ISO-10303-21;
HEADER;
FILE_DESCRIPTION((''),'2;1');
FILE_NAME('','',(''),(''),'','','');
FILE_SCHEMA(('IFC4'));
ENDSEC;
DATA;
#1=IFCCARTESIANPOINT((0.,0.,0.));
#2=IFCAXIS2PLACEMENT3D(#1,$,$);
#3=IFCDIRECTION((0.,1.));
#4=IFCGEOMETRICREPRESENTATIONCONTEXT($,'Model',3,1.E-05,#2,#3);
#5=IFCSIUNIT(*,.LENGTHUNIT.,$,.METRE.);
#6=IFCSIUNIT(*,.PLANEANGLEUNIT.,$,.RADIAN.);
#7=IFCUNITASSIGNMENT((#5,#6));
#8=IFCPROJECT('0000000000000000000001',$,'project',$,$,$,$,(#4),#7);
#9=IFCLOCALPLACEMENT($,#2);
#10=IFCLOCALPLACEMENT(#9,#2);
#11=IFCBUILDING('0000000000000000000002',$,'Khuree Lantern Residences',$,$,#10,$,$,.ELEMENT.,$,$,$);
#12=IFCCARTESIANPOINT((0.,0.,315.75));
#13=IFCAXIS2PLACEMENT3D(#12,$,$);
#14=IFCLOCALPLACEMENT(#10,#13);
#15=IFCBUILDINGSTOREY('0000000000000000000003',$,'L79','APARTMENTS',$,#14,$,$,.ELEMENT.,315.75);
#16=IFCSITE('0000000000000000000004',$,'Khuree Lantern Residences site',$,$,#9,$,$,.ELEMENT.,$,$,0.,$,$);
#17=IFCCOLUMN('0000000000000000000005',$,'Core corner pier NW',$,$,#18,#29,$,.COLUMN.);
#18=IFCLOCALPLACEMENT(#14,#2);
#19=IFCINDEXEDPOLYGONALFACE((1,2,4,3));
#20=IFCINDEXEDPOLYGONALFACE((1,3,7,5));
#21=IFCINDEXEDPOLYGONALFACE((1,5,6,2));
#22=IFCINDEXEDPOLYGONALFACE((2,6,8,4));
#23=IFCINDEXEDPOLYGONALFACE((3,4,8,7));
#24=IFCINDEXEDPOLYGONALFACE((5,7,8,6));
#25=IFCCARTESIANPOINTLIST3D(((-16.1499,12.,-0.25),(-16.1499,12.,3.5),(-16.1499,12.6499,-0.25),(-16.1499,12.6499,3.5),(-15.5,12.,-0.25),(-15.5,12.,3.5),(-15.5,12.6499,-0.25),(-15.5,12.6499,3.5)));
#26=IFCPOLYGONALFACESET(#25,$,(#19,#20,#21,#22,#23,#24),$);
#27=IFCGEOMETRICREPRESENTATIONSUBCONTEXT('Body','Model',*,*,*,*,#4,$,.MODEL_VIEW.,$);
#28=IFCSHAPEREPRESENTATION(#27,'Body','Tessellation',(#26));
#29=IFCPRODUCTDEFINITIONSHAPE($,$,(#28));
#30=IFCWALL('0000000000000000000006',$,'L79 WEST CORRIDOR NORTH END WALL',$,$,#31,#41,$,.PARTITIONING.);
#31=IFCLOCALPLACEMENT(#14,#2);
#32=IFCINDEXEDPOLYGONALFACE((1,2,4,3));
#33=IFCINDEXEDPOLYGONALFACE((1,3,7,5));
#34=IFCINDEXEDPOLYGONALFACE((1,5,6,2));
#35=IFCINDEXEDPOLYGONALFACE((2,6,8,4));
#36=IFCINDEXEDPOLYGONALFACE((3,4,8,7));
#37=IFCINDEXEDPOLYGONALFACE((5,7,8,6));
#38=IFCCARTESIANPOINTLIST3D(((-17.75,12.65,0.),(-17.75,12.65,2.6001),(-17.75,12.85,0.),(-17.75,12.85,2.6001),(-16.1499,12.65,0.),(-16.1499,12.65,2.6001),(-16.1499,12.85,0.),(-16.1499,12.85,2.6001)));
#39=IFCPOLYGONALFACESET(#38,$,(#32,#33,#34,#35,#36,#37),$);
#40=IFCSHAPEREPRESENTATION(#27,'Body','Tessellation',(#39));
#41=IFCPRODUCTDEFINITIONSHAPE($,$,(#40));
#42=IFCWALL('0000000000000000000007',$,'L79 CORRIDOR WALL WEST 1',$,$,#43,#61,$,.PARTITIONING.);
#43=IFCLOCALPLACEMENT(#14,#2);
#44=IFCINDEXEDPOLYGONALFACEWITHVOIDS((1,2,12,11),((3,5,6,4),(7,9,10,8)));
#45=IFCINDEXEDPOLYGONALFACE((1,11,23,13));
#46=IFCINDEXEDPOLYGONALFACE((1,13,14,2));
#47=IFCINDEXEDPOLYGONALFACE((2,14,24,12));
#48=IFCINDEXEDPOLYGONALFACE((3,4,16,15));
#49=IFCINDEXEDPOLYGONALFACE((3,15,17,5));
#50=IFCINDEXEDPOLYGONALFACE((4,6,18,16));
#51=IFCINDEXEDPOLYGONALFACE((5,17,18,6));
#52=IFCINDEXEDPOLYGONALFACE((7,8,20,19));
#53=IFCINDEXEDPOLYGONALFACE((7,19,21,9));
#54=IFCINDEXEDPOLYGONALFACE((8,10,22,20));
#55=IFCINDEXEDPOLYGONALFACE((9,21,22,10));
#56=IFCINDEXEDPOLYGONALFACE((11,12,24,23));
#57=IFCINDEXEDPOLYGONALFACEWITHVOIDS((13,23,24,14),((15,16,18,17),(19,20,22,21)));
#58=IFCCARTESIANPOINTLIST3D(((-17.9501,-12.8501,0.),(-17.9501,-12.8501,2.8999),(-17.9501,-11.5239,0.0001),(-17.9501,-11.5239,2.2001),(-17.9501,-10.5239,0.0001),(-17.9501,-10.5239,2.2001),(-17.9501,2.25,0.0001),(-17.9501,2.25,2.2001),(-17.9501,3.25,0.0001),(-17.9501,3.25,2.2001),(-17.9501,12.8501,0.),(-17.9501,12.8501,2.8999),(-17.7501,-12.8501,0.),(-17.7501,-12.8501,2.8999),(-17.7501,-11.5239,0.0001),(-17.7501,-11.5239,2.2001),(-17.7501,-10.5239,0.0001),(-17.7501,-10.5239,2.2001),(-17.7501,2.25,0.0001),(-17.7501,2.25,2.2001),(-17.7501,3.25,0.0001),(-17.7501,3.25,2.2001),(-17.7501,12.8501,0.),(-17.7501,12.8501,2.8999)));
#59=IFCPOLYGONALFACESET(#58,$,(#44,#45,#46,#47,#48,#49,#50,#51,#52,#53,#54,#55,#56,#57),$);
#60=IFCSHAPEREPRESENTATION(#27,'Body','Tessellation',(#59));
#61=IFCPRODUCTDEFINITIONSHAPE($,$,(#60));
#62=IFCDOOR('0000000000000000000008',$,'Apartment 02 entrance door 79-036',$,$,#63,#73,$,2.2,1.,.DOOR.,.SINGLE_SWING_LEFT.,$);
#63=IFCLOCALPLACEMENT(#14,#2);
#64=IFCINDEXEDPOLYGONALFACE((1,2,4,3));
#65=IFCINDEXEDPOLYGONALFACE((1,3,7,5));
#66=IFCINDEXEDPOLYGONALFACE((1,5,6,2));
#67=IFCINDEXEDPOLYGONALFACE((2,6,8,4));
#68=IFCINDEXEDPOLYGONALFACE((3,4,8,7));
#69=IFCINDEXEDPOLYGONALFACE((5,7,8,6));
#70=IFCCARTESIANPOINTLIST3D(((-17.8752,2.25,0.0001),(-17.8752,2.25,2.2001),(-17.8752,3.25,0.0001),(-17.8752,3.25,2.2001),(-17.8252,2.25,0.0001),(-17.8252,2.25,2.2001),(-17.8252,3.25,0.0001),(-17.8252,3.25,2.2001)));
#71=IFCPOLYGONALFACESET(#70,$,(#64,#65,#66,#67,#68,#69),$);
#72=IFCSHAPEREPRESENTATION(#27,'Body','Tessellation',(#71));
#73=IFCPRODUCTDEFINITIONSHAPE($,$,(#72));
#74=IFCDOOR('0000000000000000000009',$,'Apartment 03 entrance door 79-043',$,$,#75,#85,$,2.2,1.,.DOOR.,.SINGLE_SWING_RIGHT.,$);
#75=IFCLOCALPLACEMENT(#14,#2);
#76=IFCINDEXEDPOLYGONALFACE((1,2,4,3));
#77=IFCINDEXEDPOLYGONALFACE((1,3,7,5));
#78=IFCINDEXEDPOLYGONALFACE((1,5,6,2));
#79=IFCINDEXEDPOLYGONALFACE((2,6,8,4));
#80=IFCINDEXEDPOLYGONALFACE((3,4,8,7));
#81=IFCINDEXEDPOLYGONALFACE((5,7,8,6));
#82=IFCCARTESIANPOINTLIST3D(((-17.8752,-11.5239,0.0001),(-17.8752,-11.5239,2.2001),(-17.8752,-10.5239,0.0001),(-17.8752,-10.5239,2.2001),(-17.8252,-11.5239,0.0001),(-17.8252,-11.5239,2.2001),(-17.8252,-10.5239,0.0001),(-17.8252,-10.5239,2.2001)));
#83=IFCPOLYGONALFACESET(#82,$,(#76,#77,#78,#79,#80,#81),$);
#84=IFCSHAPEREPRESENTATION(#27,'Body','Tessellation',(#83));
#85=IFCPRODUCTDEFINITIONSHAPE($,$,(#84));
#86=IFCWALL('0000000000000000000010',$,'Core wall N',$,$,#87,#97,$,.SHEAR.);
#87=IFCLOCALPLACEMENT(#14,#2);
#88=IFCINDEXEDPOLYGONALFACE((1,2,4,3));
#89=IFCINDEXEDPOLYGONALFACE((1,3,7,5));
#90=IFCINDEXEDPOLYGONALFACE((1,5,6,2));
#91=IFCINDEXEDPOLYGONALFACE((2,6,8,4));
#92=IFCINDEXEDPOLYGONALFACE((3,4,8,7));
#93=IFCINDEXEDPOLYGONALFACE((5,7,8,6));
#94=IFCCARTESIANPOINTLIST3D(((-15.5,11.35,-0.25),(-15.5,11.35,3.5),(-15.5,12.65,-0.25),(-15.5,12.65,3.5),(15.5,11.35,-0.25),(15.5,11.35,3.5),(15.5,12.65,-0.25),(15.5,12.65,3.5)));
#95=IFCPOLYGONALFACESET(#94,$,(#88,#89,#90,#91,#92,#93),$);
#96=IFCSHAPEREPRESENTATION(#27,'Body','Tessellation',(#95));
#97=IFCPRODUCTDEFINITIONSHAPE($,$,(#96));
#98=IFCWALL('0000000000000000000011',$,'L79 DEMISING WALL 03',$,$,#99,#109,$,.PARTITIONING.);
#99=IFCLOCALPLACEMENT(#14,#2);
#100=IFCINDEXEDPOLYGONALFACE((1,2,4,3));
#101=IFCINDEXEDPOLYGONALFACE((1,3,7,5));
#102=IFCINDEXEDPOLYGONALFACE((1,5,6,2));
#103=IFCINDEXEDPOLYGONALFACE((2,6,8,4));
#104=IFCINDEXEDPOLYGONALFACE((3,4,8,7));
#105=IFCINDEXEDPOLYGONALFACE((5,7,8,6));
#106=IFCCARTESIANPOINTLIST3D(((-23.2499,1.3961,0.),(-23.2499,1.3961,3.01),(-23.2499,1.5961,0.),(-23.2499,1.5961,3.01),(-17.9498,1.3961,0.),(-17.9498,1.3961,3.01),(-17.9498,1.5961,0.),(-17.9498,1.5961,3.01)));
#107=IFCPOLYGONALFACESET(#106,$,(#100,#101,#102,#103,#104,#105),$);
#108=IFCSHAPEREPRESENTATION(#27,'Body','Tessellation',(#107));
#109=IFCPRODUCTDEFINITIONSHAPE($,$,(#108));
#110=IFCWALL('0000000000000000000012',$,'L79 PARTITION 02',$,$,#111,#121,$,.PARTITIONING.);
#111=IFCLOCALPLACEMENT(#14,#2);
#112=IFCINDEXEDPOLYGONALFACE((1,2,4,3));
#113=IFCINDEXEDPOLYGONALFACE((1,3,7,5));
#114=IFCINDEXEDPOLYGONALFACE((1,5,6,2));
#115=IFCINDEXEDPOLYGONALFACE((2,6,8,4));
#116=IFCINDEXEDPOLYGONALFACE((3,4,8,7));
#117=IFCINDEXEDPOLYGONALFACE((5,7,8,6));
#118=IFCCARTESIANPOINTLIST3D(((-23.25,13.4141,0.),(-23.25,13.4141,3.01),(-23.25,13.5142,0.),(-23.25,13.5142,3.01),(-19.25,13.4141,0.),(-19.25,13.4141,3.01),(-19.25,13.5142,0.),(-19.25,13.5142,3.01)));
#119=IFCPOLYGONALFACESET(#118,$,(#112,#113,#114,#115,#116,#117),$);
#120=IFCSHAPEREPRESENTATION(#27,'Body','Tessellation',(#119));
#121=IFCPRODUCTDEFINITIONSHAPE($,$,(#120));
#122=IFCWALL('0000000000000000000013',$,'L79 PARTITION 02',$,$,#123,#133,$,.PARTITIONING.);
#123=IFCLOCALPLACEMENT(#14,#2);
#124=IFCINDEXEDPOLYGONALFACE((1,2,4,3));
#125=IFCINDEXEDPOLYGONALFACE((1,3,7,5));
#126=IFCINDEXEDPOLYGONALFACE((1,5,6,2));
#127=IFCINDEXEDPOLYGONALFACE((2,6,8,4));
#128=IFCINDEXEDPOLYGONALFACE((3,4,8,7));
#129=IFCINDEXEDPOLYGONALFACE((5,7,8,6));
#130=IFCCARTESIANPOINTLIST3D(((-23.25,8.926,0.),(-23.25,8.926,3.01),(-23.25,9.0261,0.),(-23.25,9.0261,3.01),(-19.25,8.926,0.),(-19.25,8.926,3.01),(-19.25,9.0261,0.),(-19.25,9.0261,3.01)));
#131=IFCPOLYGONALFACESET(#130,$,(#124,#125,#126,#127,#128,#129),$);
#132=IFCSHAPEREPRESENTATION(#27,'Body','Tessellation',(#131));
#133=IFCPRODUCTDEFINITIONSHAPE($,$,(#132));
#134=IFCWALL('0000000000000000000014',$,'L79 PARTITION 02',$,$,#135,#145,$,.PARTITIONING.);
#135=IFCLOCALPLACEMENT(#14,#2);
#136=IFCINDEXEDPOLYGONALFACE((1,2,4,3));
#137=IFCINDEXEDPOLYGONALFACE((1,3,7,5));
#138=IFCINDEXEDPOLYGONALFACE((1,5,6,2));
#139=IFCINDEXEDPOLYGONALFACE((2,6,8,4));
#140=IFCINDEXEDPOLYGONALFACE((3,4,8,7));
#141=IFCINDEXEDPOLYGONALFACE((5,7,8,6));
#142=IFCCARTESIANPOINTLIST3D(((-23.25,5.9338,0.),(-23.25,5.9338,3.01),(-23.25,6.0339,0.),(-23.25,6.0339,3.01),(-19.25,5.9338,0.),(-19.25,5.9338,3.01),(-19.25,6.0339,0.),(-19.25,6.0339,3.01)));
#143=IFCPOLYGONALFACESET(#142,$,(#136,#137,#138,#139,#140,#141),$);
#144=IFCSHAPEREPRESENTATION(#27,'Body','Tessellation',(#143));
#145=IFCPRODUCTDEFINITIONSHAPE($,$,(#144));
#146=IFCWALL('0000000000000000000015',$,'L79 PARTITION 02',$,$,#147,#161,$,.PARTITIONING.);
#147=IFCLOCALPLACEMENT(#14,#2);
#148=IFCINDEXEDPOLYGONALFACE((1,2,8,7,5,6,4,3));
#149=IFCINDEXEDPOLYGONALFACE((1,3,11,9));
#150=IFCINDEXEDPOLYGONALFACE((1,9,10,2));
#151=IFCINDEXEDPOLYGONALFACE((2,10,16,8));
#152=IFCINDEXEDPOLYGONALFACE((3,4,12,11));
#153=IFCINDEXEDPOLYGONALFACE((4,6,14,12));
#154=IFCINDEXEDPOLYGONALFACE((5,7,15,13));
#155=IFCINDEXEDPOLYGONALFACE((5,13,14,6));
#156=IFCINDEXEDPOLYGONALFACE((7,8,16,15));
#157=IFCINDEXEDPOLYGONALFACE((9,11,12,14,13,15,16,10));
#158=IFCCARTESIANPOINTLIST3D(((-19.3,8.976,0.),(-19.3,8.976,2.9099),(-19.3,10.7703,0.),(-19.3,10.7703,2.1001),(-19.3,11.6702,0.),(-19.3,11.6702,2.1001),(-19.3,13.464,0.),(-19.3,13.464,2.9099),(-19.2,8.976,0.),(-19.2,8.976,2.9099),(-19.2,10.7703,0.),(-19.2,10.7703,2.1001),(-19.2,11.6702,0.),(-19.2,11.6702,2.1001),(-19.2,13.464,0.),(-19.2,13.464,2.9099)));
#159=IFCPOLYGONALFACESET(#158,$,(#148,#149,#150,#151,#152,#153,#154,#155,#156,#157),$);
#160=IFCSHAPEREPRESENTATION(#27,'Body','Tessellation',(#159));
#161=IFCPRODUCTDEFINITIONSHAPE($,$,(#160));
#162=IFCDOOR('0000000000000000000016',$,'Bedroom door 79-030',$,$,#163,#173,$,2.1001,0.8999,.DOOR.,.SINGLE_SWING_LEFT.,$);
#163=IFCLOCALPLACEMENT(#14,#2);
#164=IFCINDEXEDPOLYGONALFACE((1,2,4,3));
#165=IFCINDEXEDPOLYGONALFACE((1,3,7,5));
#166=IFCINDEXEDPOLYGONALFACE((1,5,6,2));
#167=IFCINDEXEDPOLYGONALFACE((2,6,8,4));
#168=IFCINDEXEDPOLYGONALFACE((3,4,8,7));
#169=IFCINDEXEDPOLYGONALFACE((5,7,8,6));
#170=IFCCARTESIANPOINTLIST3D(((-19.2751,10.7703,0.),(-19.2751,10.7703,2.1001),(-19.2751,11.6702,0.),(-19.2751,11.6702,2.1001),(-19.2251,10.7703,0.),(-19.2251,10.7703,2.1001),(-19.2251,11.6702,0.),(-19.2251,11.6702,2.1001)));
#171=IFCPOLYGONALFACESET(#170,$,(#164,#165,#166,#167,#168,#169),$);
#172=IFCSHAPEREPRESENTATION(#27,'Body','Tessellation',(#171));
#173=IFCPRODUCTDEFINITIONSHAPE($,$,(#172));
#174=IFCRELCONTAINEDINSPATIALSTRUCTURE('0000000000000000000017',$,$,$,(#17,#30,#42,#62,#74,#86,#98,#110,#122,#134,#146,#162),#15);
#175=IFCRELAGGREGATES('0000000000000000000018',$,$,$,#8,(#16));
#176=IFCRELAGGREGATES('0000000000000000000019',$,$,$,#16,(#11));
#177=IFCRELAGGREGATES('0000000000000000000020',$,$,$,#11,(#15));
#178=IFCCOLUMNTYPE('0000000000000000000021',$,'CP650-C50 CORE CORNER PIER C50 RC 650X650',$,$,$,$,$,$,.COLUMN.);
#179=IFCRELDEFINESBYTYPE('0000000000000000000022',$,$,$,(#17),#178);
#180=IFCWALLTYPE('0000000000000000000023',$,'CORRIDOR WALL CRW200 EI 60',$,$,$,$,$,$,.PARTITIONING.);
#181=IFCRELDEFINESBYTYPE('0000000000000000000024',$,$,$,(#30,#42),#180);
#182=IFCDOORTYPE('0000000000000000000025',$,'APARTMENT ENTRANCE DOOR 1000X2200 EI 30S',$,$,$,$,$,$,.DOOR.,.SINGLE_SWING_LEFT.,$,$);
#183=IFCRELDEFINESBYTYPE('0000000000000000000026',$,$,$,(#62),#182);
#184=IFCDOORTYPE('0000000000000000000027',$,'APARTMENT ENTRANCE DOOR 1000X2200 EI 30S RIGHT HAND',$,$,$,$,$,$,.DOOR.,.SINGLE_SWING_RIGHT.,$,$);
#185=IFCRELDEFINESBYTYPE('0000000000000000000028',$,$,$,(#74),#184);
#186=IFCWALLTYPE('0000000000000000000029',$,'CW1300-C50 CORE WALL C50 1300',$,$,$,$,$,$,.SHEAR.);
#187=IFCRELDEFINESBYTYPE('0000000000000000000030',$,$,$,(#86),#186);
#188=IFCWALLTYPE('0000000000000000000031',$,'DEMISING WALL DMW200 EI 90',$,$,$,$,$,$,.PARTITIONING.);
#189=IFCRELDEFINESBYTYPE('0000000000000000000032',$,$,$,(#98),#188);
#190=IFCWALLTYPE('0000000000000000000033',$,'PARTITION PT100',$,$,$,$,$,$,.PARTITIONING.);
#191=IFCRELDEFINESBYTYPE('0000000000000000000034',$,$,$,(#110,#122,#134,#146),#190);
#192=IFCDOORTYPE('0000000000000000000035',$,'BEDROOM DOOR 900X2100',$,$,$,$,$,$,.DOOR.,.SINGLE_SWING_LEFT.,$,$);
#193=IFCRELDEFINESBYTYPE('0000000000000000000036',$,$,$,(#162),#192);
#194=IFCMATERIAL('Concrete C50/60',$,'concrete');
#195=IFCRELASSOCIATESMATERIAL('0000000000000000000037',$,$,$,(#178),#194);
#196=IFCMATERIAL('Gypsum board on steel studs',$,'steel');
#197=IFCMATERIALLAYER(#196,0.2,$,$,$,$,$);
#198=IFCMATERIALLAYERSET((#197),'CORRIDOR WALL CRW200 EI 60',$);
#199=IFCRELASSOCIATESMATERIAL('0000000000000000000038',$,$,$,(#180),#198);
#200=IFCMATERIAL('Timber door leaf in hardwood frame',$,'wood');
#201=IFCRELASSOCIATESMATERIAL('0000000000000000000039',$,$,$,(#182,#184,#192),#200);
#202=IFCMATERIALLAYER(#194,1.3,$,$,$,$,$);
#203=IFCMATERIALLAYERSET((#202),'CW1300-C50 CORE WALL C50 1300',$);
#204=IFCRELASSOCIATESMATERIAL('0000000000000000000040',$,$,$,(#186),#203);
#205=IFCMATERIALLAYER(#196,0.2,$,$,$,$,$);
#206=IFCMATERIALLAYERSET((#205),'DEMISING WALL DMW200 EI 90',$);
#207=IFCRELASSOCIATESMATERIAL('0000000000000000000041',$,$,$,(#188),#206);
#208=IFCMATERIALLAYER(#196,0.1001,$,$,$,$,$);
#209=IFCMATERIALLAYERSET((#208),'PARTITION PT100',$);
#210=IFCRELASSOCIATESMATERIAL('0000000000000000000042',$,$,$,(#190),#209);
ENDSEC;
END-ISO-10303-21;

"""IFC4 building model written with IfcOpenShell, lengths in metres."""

from ifc_helpers import new_model, si_unit, direction, frame, frame_2d, origin, origin_2d, place, context, subcontext, project, spatial, rectangle, extrude, material, layer, layer_set, material_profile, profile_set, type_object, element, fill, save


model = new_model("IFC4")

# Units and contexts
model_context = context("Model", 3, precision=1e-05, world=origin(), true_north=direction((0.0, 1.0)))
body_context = subcontext(model_context, "Body", "Model", "MODEL_VIEW")
ifc_project = project(units=[si_unit("LENGTHUNIT", "METRE"), si_unit("PLANEANGLEUNIT", "RADIAN")], contexts=[model_context])

# Site, building, storey
site_placement = place(None, origin())
site = spatial("IfcSite", under=ifc_project, at=site_placement, Name="Khuree Lantern Residences site", CompositionType="ELEMENT", RefElevation=0.0)
building_placement = place(site_placement, origin())
building = spatial("IfcBuilding", under=site, at=building_placement, Name="Khuree Lantern Residences", CompositionType="ELEMENT")
storey_placement = place(building_placement, frame((0.0, 0.0, 315.75)))
storey = spatial("IfcBuildingStorey", under=building, at=storey_placement, Name="L79", Description="APARTMENTS", CompositionType="ELEMENT", Elevation=315.75)

# Column
ifc_material_1 = material(Name="Concrete C50/60", Category="concrete")
ifc_material_profile = material_profile(ifc_material_1, rectangle(XDim=0.6499, YDim=0.6499, at=origin_2d()), Name="RC 650X650")
ifc_profile_set = profile_set([ifc_material_profile], Name="Concrete C50/60")
column_type = type_object("IfcColumnType", Name="CP650-C50 CORE CORNER PIER C50 RC 650X650", PredefinedType="COLUMN", material=ifc_profile_set)
column_placement = place(storey_placement, frame((-15.825, 12.325, -0.25), z_axis=(0.0, 0.0, 1.0), x_axis=(1.0, 0.0, 0.0)))
element("IfcColumn", 1, at=column_placement, inside=storey, type_object=column_type, Name="Core corner pier NW", PredefinedType="COLUMN", context=body_context, shape_type="SweptSolid", body=[
    extrude(rectangle(XDim=0.6499, YDim=0.6499, at=origin_2d()), origin(), (0.0, 0.0, 1.0), 3.75),
])

# Wall
ifc_material_2 = material(Name="Gypsum board on steel studs", Category="steel")
ifc_layer_1 = layer(ifc_material_2, 0.2)
ifc_layer_set_1 = layer_set([ifc_layer_1], Name="CORRIDOR WALL CRW200 EI 60")
wall_type_1 = type_object("IfcWallType", Name="CORRIDOR WALL CRW200 EI 60", PredefinedType="PARTITIONING", material=ifc_layer_set_1)
wall_1_placement = place(storey_placement, frame((-16.1499, 12.75, 0.0), z_axis=(0.0, 0.0, 1.0), x_axis=(-1.0, 0.0, 0.0)))
element("IfcWall", 2, at=wall_1_placement, inside=storey, type_object=wall_type_1, Name="L79 WEST CORRIDOR NORTH END WALL", PredefinedType="PARTITIONING", context=body_context, shape_type="SweptSolid", body=[
    extrude(rectangle(XDim=1.6001, YDim=0.2, at=frame_2d((0.8, 0.0))), origin(), (0.0, 0.0, 1.0), 2.6001),
])

# Wall, openings, doors
wall_2_placement = place(storey_placement, frame((-17.8501, 12.8501, 0.0), z_axis=(0.0, 0.0, 1.0), x_axis=(0.0, -1.0, 0.0)))
wall_2 = element("IfcWall", 3, at=wall_2_placement, inside=storey, type_object=wall_type_1, Name="L79 CORRIDOR WALL WEST 1", PredefinedType="PARTITIONING", context=body_context, shape_type="SweptSolid", body=[
    extrude(rectangle(XDim=25.7002, YDim=0.2, at=frame_2d((12.8501, 0.0))), origin(), (0.0, 0.0, 1.0), 2.8999),
])
opening_1_placement = place(wall_2_placement, frame((9.6001, 0.0, 0.0)))
opening_1 = element("IfcOpeningElement", 4, at=opening_1_placement, cuts=wall_2, PredefinedType="OPENING", context=body_context, shape_type="SweptSolid", body=[
    extrude(rectangle(XDim=1.0, YDim=2.2, at=frame_2d((0.5, 1.1001))), frame((0.0, 0.1099, 0.0), z_axis=(0.0, -1.0, 0.0), x_axis=(1.0, 0.0, 0.0)), (0.0, 0.0, 1.0), 0.22),
])
opening_2_placement = place(wall_2_placement, frame((23.374, 0.0, 0.0)))
opening_2 = element("IfcOpeningElement", 5, at=opening_2_placement, cuts=wall_2, PredefinedType="OPENING", context=body_context, shape_type="SweptSolid", body=[
    extrude(rectangle(XDim=1.0, YDim=2.2, at=frame_2d((0.5, 1.1001))), frame((0.0, 0.1099, 0.0), z_axis=(0.0, -1.0, 0.0), x_axis=(1.0, 0.0, 0.0)), (0.0, 0.0, 1.0), 0.22),
])
ifc_material_3 = material(Name="Timber door leaf in hardwood frame", Category="wood")
door_type_1 = type_object("IfcDoorType", Name="APARTMENT ENTRANCE DOOR 1000X2200 EI 30S", OperationType="SINGLE_SWING_LEFT", PredefinedType="DOOR", material=ifc_material_3)
door_1_placement = place(opening_1_placement, origin())
door_1 = element("IfcDoor", 6, at=door_1_placement, inside=storey, type_object=door_type_1, Name="Apartment 02 entrance door 79-036", OperationType="SINGLE_SWING_LEFT", OverallHeight=2.2, OverallWidth=1.0, PredefinedType="DOOR", context=body_context, shape_type="SweptSolid", body=[
    extrude(rectangle(XDim=1.0, YDim=2.2, at=frame_2d((0.5, 1.1001))), frame((0.0, 0.0249, 0.0), z_axis=(0.0, -1.0, 0.0), x_axis=(1.0, 0.0, 0.0)), (0.0, 0.0, 1.0), 0.05),
])
fill(opening_1, door_1)
door_type_2 = type_object("IfcDoorType", Name="APARTMENT ENTRANCE DOOR 1000X2200 EI 30S RIGHT HAND", OperationType="SINGLE_SWING_RIGHT", PredefinedType="DOOR", material=ifc_material_3)
door_2_placement = place(opening_2_placement, origin())
door_2 = element("IfcDoor", 7, at=door_2_placement, inside=storey, type_object=door_type_2, Name="Apartment 03 entrance door 79-043", OperationType="SINGLE_SWING_RIGHT", OverallHeight=2.2, OverallWidth=1.0, PredefinedType="DOOR", context=body_context, shape_type="SweptSolid", body=[
    extrude(rectangle(XDim=1.0, YDim=2.2, at=frame_2d((0.5, 1.1001))), frame((0.0, 0.0249, 0.0), z_axis=(0.0, -1.0, 0.0), x_axis=(1.0, 0.0, 0.0)), (0.0, 0.0, 1.0), 0.05),
])
fill(opening_2, door_2)

# Walls
ifc_layer_2 = layer(ifc_material_1, 1.3)
ifc_layer_set_2 = layer_set([ifc_layer_2], Name="CW1300-C50 CORE WALL C50 1300")
wall_type_2 = type_object("IfcWallType", Name="CW1300-C50 CORE WALL C50 1300", PredefinedType="SHEAR", material=ifc_layer_set_2)
wall_3_placement = place(storey_placement, frame((-15.5, 12.0, -0.25), z_axis=(0.0, 0.0, 1.0), x_axis=(1.0, 0.0, 0.0)))
element("IfcWall", 8, at=wall_3_placement, inside=storey, type_object=wall_type_2, Name="Core wall N", PredefinedType="SHEAR", context=body_context, shape_type="SweptSolid", body=[
    extrude(rectangle(XDim=31.0, YDim=1.3, at=frame_2d((15.5, 0.0))), origin(), (0.0, 0.0, 1.0), 3.75),
])
ifc_layer_3 = layer(ifc_material_2, 0.2)
ifc_layer_set_3 = layer_set([ifc_layer_3], Name="DEMISING WALL DMW200 EI 90")
wall_type_3 = type_object("IfcWallType", Name="DEMISING WALL DMW200 EI 90", PredefinedType="PARTITIONING", material=ifc_layer_set_3)
wall_4_placement = place(storey_placement, frame((-17.95, 1.4961, 0.0), z_axis=(0.0, 0.0, 1.0), x_axis=(-1.0, 0.0, 0.0)))
element("IfcWall", 9, at=wall_4_placement, inside=storey, type_object=wall_type_3, Name="L79 DEMISING WALL 03", PredefinedType="PARTITIONING", context=body_context, shape_type="SweptSolid", body=[
    extrude(rectangle(XDim=5.3, YDim=0.2, at=frame_2d((2.6499, 0.0))), origin(), (0.0, 0.0, 1.0), 3.01),
])
ifc_layer_4 = layer(ifc_material_2, 0.1001)
ifc_layer_set_4 = layer_set([ifc_layer_4], Name="PARTITION PT100")
wall_type_4 = type_object("IfcWallType", Name="PARTITION PT100", PredefinedType="PARTITIONING", material=ifc_layer_set_4)
for number, where, z_axis, x_axis, name in (
    (10, (-19.25, 13.4641, 0.0), (0.0, 0.0, 1.0), (-1.0, 0.0, 0.0), "L79 PARTITION 02"),
    (11, (-19.25, 8.9761, 0.0), (0.0, 0.0, 1.0), (-1.0, 0.0, 0.0), "L79 PARTITION 02"),
    (12, (-19.25, 5.9839, 0.0), (0.0, 0.0, 1.0), (-1.0, 0.0, 0.0), "L79 PARTITION 02"),
):
    element("IfcWall", number, at=place(storey_placement, frame(where, z_axis=z_axis, x_axis=x_axis)), inside=storey, type_object=wall_type_4, Name=name, PredefinedType="PARTITIONING", context=body_context, shape_type="SweptSolid", body=[
        extrude(rectangle(XDim=4.0, YDim=0.1001, at=frame_2d((2.0, 0.0))), origin(), (0.0, 0.0, 1.0), 3.01),
    ])

# Wall, opening, door
wall_5_placement = place(storey_placement, frame((-19.25, 13.4641, 0.0), z_axis=(0.0, 0.0, 1.0), x_axis=(0.0, -1.0, 0.0)))
wall_5 = element("IfcWall", 13, at=wall_5_placement, inside=storey, type_object=wall_type_4, Name="L79 PARTITION 02", PredefinedType="PARTITIONING", context=body_context, shape_type="SweptSolid", body=[
    extrude(rectangle(XDim=4.488, YDim=0.1001, at=frame_2d((2.2441, 0.0))), origin(), (0.0, 0.0, 1.0), 2.9099),
])
opening_3_placement = place(wall_5_placement, frame((1.7939, 0.0, 0.0)))
opening_3 = element("IfcOpeningElement", 14, at=opening_3_placement, cuts=wall_5, PredefinedType="OPENING", context=body_context, shape_type="SweptSolid", body=[
    extrude(rectangle(XDim=0.8999, YDim=2.1001, at=frame_2d((0.45, 1.05))), frame((0.0, 0.0601, 0.0), z_axis=(0.0, -1.0, 0.0), x_axis=(1.0, 0.0, 0.0)), (0.0, 0.0, 1.0), 0.1201),
])
door_type_3 = type_object("IfcDoorType", Name="BEDROOM DOOR 900X2100", OperationType="SINGLE_SWING_LEFT", PredefinedType="DOOR", material=ifc_material_3)
door_3_placement = place(opening_3_placement, origin())
door_3 = element("IfcDoor", 15, at=door_3_placement, inside=storey, type_object=door_type_3, Name="Bedroom door 79-030", OperationType="SINGLE_SWING_LEFT", OverallHeight=2.1001, OverallWidth=0.8999, PredefinedType="DOOR", context=body_context, shape_type="SweptSolid", body=[
    extrude(rectangle(XDim=0.8999, YDim=2.1001, at=frame_2d((0.45, 1.05))), frame((0.0, 0.0249, 0.0), z_axis=(0.0, -1.0, 0.0), x_axis=(1.0, 0.0, 0.0)), (0.0, 0.0, 1.0), 0.05),
])
fill(opening_3, door_3)

save(model, "model.ifc")
